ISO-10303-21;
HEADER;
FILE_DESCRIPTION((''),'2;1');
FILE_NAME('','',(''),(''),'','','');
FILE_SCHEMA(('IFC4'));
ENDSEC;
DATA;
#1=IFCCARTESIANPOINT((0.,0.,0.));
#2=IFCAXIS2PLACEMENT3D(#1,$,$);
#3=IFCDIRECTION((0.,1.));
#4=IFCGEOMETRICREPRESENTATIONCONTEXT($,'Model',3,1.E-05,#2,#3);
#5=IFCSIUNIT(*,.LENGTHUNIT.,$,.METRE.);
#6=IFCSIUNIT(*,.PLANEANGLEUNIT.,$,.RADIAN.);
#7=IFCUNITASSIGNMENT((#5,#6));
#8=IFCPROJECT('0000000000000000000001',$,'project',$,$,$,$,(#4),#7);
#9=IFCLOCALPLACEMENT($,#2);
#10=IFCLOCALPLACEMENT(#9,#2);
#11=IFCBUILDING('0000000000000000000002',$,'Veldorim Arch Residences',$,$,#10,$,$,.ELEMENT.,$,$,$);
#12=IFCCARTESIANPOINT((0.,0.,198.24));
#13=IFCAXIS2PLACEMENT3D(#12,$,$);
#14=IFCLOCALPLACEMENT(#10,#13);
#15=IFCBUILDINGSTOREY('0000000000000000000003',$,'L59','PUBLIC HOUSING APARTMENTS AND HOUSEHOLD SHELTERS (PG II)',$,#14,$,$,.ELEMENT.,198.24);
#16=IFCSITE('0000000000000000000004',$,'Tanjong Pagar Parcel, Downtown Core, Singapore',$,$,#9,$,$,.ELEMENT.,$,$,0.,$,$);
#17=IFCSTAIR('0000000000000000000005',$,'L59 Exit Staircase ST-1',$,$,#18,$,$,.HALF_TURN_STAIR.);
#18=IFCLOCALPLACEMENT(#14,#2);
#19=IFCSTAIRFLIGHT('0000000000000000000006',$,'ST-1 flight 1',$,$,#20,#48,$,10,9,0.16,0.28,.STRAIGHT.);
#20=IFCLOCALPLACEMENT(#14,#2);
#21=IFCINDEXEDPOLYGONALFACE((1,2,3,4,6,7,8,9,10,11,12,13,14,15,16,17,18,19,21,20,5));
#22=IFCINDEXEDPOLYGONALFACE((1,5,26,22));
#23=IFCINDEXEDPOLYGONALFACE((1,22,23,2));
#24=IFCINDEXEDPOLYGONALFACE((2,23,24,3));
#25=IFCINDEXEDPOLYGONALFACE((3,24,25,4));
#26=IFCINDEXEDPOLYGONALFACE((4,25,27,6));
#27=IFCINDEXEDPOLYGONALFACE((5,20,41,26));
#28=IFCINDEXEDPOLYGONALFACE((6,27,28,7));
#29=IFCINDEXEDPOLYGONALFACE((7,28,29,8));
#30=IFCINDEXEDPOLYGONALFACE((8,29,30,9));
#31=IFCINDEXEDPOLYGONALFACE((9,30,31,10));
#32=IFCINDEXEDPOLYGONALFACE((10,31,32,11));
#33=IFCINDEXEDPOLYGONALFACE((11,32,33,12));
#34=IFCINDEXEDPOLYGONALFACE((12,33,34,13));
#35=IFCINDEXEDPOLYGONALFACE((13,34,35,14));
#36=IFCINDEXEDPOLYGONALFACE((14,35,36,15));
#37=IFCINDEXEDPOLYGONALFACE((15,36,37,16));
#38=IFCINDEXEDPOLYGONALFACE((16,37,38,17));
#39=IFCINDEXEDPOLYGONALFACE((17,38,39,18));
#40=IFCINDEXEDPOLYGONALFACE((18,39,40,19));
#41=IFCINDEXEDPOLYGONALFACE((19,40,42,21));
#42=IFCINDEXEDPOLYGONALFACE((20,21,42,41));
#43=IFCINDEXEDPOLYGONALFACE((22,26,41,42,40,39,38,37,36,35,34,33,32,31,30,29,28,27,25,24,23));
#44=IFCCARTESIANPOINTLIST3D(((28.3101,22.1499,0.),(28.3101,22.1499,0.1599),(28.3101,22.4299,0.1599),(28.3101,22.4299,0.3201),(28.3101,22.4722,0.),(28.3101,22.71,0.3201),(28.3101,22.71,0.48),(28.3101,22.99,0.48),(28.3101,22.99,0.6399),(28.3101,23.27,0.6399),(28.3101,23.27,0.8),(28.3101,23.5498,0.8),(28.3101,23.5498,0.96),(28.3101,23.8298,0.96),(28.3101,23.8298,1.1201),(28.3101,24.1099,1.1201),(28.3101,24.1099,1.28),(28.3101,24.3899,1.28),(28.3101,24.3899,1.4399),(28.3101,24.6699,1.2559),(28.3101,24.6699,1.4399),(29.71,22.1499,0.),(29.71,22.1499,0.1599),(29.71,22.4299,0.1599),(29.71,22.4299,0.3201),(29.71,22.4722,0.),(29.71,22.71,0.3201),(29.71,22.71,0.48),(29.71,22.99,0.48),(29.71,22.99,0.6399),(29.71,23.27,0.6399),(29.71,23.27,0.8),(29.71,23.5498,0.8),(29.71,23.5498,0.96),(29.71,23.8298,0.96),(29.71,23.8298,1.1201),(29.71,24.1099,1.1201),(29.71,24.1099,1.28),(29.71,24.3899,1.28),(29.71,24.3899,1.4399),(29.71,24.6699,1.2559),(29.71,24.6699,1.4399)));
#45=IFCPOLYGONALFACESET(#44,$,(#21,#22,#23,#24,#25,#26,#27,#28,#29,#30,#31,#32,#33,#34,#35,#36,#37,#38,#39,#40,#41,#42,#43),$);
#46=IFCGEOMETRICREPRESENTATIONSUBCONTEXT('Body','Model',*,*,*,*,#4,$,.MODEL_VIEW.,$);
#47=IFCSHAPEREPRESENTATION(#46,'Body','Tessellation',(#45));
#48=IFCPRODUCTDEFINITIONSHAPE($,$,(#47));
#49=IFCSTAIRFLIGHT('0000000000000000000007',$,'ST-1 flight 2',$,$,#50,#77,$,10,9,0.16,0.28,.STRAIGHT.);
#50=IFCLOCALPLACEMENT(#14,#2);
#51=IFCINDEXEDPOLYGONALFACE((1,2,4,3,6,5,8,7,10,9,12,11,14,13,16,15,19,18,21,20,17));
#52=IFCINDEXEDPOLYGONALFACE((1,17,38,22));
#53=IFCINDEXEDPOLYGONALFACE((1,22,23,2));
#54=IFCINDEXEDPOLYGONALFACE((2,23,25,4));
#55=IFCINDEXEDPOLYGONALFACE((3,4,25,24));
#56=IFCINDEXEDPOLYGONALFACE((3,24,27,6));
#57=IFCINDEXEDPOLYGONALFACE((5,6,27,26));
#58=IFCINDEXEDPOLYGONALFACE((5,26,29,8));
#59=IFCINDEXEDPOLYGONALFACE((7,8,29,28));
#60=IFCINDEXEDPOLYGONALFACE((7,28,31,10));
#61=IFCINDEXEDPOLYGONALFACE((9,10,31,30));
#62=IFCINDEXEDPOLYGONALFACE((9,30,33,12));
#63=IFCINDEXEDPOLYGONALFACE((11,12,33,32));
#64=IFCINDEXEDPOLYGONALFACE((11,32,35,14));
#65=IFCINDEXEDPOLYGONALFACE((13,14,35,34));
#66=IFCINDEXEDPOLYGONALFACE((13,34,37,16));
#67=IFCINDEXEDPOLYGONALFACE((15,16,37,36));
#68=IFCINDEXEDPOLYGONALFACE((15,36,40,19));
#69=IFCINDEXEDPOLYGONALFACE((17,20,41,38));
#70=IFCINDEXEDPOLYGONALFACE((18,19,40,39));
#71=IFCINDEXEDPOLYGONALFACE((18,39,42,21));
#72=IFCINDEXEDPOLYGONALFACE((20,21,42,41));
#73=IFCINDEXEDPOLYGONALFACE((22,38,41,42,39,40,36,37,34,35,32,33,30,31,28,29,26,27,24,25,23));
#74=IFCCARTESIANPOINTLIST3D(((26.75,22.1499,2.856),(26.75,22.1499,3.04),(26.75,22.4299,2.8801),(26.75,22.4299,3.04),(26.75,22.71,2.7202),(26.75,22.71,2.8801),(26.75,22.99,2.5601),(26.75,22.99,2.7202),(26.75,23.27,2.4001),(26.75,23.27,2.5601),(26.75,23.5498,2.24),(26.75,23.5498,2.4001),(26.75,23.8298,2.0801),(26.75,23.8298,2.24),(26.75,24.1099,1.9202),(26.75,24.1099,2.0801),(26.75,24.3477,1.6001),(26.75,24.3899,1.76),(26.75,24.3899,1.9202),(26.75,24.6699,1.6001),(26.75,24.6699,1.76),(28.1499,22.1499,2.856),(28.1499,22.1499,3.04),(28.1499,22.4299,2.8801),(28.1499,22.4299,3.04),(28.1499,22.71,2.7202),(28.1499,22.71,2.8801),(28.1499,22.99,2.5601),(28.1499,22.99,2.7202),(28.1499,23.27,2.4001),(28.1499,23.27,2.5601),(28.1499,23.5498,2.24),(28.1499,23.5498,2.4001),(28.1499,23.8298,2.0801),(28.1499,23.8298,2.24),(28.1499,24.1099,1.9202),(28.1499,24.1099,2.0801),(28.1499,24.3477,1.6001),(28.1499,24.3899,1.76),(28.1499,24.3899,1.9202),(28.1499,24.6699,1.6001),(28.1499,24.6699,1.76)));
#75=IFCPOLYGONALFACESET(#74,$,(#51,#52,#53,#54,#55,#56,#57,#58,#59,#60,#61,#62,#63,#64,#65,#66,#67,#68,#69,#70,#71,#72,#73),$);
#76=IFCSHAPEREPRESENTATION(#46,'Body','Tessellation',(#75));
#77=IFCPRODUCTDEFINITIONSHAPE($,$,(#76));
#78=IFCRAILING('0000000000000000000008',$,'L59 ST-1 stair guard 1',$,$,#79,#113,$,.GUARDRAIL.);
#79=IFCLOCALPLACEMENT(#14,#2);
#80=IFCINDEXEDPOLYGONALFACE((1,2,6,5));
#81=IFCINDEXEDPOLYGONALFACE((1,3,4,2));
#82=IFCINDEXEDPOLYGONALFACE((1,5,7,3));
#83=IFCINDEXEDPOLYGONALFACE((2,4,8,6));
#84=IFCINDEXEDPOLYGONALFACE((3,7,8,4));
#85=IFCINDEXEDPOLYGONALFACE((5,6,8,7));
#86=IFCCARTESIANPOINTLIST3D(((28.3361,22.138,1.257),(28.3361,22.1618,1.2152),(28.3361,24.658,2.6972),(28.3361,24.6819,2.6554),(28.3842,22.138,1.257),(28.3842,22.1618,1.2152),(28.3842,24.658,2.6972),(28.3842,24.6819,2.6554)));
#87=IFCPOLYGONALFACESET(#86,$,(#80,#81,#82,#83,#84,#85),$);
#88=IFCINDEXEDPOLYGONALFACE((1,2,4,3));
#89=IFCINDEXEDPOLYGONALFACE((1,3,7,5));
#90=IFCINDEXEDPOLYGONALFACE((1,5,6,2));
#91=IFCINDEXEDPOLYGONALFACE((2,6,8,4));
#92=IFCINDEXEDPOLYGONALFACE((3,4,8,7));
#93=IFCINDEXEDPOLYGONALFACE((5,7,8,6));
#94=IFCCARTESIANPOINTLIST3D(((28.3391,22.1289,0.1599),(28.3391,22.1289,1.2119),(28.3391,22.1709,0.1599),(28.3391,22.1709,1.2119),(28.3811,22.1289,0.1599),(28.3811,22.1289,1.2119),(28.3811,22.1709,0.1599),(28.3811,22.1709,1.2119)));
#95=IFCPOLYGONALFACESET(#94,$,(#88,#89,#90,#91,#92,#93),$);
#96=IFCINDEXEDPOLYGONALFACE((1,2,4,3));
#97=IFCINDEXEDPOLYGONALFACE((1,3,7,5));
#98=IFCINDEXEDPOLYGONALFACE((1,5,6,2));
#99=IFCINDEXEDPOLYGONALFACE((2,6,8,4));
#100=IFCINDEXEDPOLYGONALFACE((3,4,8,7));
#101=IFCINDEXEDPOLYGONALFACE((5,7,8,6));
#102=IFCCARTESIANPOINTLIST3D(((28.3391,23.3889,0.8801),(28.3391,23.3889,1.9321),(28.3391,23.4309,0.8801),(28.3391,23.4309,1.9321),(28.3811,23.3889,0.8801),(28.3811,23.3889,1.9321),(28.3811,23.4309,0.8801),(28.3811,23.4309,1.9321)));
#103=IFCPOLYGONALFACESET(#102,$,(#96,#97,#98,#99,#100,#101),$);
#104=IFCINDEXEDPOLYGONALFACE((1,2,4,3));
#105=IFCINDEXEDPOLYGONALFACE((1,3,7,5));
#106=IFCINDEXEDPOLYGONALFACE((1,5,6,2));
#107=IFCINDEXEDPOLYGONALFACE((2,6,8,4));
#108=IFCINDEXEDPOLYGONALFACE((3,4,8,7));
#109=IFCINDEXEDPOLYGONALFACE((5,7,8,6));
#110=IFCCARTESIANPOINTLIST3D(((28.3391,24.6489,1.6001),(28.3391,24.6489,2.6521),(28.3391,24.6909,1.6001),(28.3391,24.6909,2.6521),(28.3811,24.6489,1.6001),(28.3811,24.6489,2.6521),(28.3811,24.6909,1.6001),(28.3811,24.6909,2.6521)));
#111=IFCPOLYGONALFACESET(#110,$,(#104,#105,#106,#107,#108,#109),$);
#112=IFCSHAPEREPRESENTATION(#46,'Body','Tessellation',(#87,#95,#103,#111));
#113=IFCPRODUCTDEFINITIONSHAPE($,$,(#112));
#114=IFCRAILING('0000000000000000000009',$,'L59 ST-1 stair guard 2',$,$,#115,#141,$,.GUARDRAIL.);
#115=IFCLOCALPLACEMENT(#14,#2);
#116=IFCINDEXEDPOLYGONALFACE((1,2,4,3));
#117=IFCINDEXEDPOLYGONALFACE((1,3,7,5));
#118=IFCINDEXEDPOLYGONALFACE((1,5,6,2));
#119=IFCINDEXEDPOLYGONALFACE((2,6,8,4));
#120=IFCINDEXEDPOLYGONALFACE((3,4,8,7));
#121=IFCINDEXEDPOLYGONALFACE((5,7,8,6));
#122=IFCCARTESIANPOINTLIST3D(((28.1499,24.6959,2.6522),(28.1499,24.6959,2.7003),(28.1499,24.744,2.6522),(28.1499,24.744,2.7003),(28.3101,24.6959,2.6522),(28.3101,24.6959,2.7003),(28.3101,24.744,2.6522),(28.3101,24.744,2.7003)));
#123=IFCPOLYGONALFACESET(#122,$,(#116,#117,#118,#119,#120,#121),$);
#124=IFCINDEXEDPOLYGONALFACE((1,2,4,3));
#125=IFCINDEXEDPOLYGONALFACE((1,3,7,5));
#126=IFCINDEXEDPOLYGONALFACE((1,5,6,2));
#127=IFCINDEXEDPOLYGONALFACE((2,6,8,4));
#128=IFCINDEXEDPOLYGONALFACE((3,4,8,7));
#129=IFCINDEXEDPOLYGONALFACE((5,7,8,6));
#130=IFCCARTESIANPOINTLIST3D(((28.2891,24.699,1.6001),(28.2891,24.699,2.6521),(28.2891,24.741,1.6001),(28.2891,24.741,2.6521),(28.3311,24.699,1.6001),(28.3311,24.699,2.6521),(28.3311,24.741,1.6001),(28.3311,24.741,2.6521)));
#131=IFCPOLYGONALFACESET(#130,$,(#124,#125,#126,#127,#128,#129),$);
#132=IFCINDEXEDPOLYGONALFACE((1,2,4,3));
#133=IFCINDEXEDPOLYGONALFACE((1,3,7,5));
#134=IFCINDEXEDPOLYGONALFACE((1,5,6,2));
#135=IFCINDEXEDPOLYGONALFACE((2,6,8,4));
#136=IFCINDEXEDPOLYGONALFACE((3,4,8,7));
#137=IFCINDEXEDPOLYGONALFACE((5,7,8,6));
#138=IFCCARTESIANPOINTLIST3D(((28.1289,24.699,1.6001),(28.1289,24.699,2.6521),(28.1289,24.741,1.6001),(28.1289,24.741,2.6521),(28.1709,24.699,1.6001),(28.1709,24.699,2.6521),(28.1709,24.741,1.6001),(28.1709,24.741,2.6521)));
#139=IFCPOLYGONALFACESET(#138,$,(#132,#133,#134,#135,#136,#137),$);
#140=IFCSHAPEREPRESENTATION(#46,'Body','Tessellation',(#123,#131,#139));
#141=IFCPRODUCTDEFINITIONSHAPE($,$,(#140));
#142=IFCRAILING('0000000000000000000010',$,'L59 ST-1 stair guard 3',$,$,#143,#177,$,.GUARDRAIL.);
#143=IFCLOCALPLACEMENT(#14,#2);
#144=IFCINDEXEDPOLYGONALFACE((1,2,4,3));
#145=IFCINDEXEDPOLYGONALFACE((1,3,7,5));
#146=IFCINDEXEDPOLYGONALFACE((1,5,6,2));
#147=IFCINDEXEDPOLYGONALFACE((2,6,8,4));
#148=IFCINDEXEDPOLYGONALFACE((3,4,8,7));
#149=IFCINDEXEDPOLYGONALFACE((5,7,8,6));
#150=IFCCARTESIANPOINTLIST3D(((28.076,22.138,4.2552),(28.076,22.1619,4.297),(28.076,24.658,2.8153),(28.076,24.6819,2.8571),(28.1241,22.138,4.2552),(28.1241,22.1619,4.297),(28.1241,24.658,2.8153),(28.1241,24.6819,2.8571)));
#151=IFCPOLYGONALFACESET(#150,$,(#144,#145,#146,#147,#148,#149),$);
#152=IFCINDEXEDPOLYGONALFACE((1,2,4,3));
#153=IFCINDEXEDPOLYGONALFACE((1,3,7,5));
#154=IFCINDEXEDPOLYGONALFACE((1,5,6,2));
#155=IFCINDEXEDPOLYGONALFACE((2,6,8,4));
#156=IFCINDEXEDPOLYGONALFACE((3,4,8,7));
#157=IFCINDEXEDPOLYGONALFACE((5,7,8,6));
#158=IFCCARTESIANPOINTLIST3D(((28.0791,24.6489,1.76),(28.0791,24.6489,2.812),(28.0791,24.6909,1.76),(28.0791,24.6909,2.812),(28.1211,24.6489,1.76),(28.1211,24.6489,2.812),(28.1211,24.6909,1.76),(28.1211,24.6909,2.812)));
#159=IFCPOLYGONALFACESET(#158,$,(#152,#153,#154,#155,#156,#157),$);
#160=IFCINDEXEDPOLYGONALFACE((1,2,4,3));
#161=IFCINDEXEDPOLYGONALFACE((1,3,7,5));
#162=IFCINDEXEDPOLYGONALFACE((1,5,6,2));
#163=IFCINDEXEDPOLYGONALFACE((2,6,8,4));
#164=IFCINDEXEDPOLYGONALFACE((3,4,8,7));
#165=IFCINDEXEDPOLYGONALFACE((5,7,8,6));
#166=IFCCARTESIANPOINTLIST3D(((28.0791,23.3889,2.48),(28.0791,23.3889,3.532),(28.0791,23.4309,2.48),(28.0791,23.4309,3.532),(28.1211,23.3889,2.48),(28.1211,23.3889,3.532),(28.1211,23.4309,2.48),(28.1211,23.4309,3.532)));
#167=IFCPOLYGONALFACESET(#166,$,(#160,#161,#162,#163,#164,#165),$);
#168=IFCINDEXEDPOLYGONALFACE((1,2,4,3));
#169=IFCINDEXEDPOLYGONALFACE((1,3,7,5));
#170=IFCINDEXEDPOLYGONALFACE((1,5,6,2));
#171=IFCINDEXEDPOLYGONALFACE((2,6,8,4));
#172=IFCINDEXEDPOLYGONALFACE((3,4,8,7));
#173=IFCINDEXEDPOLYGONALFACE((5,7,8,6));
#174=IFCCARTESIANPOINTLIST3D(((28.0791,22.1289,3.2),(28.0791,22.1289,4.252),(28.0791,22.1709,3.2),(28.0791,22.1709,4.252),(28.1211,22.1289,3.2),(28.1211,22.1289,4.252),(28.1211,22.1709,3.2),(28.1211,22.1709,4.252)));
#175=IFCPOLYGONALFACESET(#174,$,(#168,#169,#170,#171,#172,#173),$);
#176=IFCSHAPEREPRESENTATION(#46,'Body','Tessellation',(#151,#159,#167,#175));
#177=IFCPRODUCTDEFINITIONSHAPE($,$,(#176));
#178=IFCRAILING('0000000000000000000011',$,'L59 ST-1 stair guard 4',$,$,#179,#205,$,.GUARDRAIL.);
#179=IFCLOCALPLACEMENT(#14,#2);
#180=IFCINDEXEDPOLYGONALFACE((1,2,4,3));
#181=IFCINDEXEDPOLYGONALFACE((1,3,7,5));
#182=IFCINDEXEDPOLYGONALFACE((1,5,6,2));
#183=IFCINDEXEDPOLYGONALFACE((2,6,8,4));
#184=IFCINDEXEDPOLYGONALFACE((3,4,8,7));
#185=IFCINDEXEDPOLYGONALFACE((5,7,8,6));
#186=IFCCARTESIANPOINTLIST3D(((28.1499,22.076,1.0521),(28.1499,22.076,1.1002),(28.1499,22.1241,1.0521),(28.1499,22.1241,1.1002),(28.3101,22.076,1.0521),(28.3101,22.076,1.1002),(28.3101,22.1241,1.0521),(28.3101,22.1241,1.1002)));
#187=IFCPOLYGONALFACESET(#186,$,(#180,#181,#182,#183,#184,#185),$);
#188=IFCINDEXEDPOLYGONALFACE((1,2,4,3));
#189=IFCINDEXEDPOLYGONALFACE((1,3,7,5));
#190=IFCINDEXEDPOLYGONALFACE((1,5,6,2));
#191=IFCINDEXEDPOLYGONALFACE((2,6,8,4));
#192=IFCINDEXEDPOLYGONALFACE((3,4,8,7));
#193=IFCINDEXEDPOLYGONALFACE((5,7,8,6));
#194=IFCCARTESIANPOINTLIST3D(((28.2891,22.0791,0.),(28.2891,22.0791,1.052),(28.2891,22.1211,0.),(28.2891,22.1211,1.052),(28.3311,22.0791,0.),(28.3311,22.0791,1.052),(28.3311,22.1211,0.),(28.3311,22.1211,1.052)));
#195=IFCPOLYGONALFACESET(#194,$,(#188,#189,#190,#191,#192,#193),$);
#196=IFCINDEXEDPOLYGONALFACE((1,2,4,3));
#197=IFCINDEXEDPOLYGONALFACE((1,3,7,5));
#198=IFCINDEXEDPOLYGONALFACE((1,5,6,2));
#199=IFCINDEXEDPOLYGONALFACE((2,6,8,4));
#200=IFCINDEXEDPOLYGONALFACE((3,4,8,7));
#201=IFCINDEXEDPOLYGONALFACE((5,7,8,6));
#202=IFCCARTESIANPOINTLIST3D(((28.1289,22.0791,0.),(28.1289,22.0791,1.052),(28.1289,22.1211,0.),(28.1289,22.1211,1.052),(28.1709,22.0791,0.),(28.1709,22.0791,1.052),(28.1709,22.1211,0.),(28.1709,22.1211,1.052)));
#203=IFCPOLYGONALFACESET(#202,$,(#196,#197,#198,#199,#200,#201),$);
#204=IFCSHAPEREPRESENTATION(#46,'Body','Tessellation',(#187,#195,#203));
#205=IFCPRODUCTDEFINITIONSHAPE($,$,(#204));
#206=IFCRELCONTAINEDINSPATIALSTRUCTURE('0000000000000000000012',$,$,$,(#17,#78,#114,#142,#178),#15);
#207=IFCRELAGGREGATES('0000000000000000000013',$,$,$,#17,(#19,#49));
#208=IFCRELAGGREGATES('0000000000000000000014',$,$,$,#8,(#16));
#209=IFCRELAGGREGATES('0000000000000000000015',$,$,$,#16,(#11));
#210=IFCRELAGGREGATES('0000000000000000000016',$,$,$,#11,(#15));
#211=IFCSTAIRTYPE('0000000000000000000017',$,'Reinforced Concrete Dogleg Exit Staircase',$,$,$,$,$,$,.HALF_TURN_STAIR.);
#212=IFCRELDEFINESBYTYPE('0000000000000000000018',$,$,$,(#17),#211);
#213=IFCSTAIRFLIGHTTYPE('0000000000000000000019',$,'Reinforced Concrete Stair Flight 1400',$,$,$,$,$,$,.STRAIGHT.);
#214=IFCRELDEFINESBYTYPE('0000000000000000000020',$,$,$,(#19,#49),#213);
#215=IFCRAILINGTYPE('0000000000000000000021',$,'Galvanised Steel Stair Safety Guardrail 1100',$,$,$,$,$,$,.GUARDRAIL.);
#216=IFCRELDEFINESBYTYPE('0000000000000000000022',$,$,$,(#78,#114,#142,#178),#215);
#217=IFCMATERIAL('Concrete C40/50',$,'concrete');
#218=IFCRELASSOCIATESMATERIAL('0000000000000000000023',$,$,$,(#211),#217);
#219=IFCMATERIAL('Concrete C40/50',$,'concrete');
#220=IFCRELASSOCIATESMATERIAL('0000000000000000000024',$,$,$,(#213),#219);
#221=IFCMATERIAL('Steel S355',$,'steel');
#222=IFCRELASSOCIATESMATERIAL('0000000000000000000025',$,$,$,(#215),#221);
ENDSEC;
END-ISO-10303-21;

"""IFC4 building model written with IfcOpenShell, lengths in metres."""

from ifc_helpers import new_model, si_unit, direction, frame, origin, origin_2d, place, context, subcontext, project, spatial, polyline, rectangle, outline, extrude, material, type_object, element, aggregate, save


model = new_model("IFC4")

# Units and contexts
model_context = context("Model", 3, precision=1e-05, world=origin(), true_north=direction((0.0, 1.0)))
body_context = subcontext(model_context, "Body", "Model", "MODEL_VIEW")
ifc_project = project(units=[si_unit("LENGTHUNIT", "METRE"), si_unit("PLANEANGLEUNIT", "RADIAN")], contexts=[model_context])

# Site, building, storey
site_placement = place(None, origin())
site = spatial("IfcSite", under=ifc_project, at=site_placement, Name="Tanjong Pagar Parcel, Downtown Core, Singapore", CompositionType="ELEMENT", RefElevation=0.0)
building_placement = place(site_placement, origin())
building = spatial("IfcBuilding", under=site, at=building_placement, Name="Veldorim Arch Residences", CompositionType="ELEMENT")
storey_placement = place(building_placement, frame((0.0, 0.0, 198.24)))
storey = spatial("IfcBuildingStorey", under=building, at=storey_placement, Name="L59", Description="PUBLIC HOUSING APARTMENTS AND HOUSEHOLD SHELTERS (PG II)", CompositionType="ELEMENT", Elevation=198.24)

# Stair, stair flights
ifc_material_1 = material(Name="Concrete C40/50", Category="concrete")
stair_type = type_object("IfcStairType", Name="Reinforced Concrete Dogleg Exit Staircase", PredefinedType="HALF_TURN_STAIR", material=ifc_material_1)
stair_placement = place(storey_placement, origin())
stair = element("IfcStair", 1, at=stair_placement, inside=storey, type_object=stair_type, Name="L59 Exit Staircase ST-1", PredefinedType="HALF_TURN_STAIR")
ifc_material_2 = material(Name="Concrete C40/50", Category="concrete")
stair_flight_type = type_object("IfcStairFlightType", Name="Reinforced Concrete Stair Flight 1400", PredefinedType="STRAIGHT", material=ifc_material_2)
stair_flight_1_placement = place(storey_placement, frame((29.01, 22.1499, 0.0), z_axis=(0.0, 0.0, 1.0), x_axis=(0.0, 1.0, 0.0)))
stair_flight_1 = element("IfcStairFlight", 2, at=stair_flight_1_placement, type_object=stair_flight_type, Name="ST-1 flight 1", NumberOfRisers=10, NumberOfTreads=9, PredefinedType="STRAIGHT", RiserHeight=0.16, TreadLength=0.28, context=body_context, shape_type="SweptSolid", body=[
    extrude(outline(polyline([(0.0, 0.0), (0.0, 0.1599), (0.28, 0.1599), (0.28, 0.3201), (0.5601, 0.3201), (0.5601, 0.48), (0.8401, 0.48), (0.8401, 0.6399), (1.1201, 0.6399), (1.1201, 0.8), (1.3999, 0.8), (1.3999, 0.96), (1.6799, 0.96), (1.6799, 1.1201), (1.96, 1.1201), (1.96, 1.28), (2.24, 1.28), (2.24, 1.4399), (2.52, 1.4399), (2.52, 1.6001), (2.52, 1.2559), (0.3223, 0.0), (0.0, 0.0)])), frame((0.0, 0.7, 0.0), z_axis=(0.0, -1.0, 0.0), x_axis=(1.0, 0.0, 0.0)), (0.0, 0.0, 1.0), 1.3999),
])
stair_flight_2_placement = place(storey_placement, frame((27.45, 24.6699, 1.6001), z_axis=(0.0, 0.0, 1.0), x_axis=(0.0, -1.0, 0.0)))
stair_flight_2 = element("IfcStairFlight", 3, at=stair_flight_2_placement, type_object=stair_flight_type, Name="ST-1 flight 2", NumberOfRisers=10, NumberOfTreads=9, PredefinedType="STRAIGHT", RiserHeight=0.16, TreadLength=0.28, context=body_context, shape_type="SweptSolid", body=[
    extrude(outline(polyline([(0.0, 0.0), (0.0, 0.1599), (0.28, 0.1599), (0.28, 0.3201), (0.5601, 0.3201), (0.5601, 0.48), (0.8401, 0.48), (0.8401, 0.6399), (1.1201, 0.6399), (1.1201, 0.8), (1.3999, 0.8), (1.3999, 0.96), (1.6799, 0.96), (1.6799, 1.1201), (1.96, 1.1201), (1.96, 1.28), (2.24, 1.28), (2.24, 1.4399), (2.52, 1.4399), (2.52, 1.6001), (2.52, 1.2559), (0.3223, 0.0), (0.0, 0.0)])), frame((0.0, 0.7, 0.0), z_axis=(0.0, -1.0, 0.0), x_axis=(1.0, 0.0, 0.0)), (0.0, 0.0, 1.0), 1.3999),
])
aggregate(stair, [stair_flight_1, stair_flight_2])

# Railings
ifc_material_3 = material(Name="Steel S355", Category="steel")
railing_type_1 = type_object("IfcRailingType", Name="Galvanised Steel Stair Safety Guardrail 1100", PredefinedType="GUARDRAIL", material=ifc_material_3)
railing_1_placement = place(storey_placement, frame((28.3601, 22.1499, 0.1599)))
element("IfcRailing", 4, at=railing_1_placement, inside=storey, type_object=railing_type_1, Name="L59 ST-1 stair guard 1", PredefinedType="GUARDRAIL", context=body_context, shape_type="SweptSolid", body=[
    extrude(rectangle(XDim=0.0481, YDim=0.0481, at=origin_2d()), frame((0.0, 0.0, 1.0762), z_axis=(0.0, 0.868217, 0.496184), x_axis=(-1.0, 0.0, 0.0)), (0.0, 0.0, 1.0), 2.9026),
    extrude(rectangle(XDim=0.042, YDim=0.042, at=origin_2d()), origin(), (0.0, 0.0, 1.0), 1.052),
    extrude(rectangle(XDim=0.042, YDim=0.042, at=origin_2d()), frame((0.0, 1.26, 0.7202)), (0.0, 0.0, 1.0), 1.052),
    extrude(rectangle(XDim=0.042, YDim=0.042, at=origin_2d()), frame((0.0, 2.52, 1.4402)), (0.0, 0.0, 1.0), 1.052),
])
railing_2_placement = place(storey_placement, frame((28.3101, 24.72, 1.6001)))
element("IfcRailing", 5, at=railing_2_placement, inside=storey, type_object=railing_type_1, Name="L59 ST-1 stair guard 2", PredefinedType="GUARDRAIL", context=body_context, shape_type="SweptSolid", body=[
    extrude(rectangle(XDim=0.0481, YDim=0.0481, at=origin_2d()), frame((0.0, 0.0, 1.0762), z_axis=(-1.0, 0.0, 0.0), x_axis=(0.0, -1.0, 0.0)), (0.0, 0.0, 1.0), 0.1602),
    extrude(rectangle(XDim=0.042, YDim=0.042, at=origin_2d()), origin(), (0.0, 0.0, 1.0), 1.052),
    extrude(rectangle(XDim=0.042, YDim=0.042, at=origin_2d()), frame((-0.1602, 0.0, 0.0)), (0.0, 0.0, 1.0), 1.052),
])
railing_3_placement = place(storey_placement, frame((28.1001, 24.6699, 1.76)))
element("IfcRailing", 6, at=railing_3_placement, inside=storey, type_object=railing_type_1, Name="L59 ST-1 stair guard 3", PredefinedType="GUARDRAIL", context=body_context, shape_type="SweptSolid", body=[
    extrude(rectangle(XDim=0.0481, YDim=0.0481, at=origin_2d()), frame((0.0, 0.0, 1.0762), z_axis=(0.0, -0.868253, 0.496121), x_axis=(1.0, 0.0, 0.0)), (0.0, 0.0, 1.0), 2.9023),
    extrude(rectangle(XDim=0.042, YDim=0.042, at=origin_2d()), origin(), (0.0, 0.0, 1.0), 1.052),
    extrude(rectangle(XDim=0.042, YDim=0.042, at=origin_2d()), frame((0.0, -1.26, 0.72)), (0.0, 0.0, 1.0), 1.052),
    extrude(rectangle(XDim=0.042, YDim=0.042, at=origin_2d()), frame((0.0, -2.52, 1.4399)), (0.0, 0.0, 1.0), 1.052),
])
railing_4_placement = place(storey_placement, frame((28.3101, 22.1001, 0.0)))
element("IfcRailing", 7, at=railing_4_placement, inside=storey, type_object=railing_type_1, Name="L59 ST-1 stair guard 4", PredefinedType="GUARDRAIL", context=body_context, shape_type="SweptSolid", body=[
    extrude(rectangle(XDim=0.0481, YDim=0.0481, at=origin_2d()), frame((0.0, 0.0, 1.0762), z_axis=(-1.0, 0.0, 0.0), x_axis=(0.0, -1.0, 0.0)), (0.0, 0.0, 1.0), 0.1602),
    extrude(rectangle(XDim=0.042, YDim=0.042, at=origin_2d()), origin(), (0.0, 0.0, 1.0), 1.052),
    extrude(rectangle(XDim=0.042, YDim=0.042, at=origin_2d()), frame((-0.1602, 0.0, 0.0)), (0.0, 0.0, 1.0), 1.052),
])

save(model, "model.ifc")
